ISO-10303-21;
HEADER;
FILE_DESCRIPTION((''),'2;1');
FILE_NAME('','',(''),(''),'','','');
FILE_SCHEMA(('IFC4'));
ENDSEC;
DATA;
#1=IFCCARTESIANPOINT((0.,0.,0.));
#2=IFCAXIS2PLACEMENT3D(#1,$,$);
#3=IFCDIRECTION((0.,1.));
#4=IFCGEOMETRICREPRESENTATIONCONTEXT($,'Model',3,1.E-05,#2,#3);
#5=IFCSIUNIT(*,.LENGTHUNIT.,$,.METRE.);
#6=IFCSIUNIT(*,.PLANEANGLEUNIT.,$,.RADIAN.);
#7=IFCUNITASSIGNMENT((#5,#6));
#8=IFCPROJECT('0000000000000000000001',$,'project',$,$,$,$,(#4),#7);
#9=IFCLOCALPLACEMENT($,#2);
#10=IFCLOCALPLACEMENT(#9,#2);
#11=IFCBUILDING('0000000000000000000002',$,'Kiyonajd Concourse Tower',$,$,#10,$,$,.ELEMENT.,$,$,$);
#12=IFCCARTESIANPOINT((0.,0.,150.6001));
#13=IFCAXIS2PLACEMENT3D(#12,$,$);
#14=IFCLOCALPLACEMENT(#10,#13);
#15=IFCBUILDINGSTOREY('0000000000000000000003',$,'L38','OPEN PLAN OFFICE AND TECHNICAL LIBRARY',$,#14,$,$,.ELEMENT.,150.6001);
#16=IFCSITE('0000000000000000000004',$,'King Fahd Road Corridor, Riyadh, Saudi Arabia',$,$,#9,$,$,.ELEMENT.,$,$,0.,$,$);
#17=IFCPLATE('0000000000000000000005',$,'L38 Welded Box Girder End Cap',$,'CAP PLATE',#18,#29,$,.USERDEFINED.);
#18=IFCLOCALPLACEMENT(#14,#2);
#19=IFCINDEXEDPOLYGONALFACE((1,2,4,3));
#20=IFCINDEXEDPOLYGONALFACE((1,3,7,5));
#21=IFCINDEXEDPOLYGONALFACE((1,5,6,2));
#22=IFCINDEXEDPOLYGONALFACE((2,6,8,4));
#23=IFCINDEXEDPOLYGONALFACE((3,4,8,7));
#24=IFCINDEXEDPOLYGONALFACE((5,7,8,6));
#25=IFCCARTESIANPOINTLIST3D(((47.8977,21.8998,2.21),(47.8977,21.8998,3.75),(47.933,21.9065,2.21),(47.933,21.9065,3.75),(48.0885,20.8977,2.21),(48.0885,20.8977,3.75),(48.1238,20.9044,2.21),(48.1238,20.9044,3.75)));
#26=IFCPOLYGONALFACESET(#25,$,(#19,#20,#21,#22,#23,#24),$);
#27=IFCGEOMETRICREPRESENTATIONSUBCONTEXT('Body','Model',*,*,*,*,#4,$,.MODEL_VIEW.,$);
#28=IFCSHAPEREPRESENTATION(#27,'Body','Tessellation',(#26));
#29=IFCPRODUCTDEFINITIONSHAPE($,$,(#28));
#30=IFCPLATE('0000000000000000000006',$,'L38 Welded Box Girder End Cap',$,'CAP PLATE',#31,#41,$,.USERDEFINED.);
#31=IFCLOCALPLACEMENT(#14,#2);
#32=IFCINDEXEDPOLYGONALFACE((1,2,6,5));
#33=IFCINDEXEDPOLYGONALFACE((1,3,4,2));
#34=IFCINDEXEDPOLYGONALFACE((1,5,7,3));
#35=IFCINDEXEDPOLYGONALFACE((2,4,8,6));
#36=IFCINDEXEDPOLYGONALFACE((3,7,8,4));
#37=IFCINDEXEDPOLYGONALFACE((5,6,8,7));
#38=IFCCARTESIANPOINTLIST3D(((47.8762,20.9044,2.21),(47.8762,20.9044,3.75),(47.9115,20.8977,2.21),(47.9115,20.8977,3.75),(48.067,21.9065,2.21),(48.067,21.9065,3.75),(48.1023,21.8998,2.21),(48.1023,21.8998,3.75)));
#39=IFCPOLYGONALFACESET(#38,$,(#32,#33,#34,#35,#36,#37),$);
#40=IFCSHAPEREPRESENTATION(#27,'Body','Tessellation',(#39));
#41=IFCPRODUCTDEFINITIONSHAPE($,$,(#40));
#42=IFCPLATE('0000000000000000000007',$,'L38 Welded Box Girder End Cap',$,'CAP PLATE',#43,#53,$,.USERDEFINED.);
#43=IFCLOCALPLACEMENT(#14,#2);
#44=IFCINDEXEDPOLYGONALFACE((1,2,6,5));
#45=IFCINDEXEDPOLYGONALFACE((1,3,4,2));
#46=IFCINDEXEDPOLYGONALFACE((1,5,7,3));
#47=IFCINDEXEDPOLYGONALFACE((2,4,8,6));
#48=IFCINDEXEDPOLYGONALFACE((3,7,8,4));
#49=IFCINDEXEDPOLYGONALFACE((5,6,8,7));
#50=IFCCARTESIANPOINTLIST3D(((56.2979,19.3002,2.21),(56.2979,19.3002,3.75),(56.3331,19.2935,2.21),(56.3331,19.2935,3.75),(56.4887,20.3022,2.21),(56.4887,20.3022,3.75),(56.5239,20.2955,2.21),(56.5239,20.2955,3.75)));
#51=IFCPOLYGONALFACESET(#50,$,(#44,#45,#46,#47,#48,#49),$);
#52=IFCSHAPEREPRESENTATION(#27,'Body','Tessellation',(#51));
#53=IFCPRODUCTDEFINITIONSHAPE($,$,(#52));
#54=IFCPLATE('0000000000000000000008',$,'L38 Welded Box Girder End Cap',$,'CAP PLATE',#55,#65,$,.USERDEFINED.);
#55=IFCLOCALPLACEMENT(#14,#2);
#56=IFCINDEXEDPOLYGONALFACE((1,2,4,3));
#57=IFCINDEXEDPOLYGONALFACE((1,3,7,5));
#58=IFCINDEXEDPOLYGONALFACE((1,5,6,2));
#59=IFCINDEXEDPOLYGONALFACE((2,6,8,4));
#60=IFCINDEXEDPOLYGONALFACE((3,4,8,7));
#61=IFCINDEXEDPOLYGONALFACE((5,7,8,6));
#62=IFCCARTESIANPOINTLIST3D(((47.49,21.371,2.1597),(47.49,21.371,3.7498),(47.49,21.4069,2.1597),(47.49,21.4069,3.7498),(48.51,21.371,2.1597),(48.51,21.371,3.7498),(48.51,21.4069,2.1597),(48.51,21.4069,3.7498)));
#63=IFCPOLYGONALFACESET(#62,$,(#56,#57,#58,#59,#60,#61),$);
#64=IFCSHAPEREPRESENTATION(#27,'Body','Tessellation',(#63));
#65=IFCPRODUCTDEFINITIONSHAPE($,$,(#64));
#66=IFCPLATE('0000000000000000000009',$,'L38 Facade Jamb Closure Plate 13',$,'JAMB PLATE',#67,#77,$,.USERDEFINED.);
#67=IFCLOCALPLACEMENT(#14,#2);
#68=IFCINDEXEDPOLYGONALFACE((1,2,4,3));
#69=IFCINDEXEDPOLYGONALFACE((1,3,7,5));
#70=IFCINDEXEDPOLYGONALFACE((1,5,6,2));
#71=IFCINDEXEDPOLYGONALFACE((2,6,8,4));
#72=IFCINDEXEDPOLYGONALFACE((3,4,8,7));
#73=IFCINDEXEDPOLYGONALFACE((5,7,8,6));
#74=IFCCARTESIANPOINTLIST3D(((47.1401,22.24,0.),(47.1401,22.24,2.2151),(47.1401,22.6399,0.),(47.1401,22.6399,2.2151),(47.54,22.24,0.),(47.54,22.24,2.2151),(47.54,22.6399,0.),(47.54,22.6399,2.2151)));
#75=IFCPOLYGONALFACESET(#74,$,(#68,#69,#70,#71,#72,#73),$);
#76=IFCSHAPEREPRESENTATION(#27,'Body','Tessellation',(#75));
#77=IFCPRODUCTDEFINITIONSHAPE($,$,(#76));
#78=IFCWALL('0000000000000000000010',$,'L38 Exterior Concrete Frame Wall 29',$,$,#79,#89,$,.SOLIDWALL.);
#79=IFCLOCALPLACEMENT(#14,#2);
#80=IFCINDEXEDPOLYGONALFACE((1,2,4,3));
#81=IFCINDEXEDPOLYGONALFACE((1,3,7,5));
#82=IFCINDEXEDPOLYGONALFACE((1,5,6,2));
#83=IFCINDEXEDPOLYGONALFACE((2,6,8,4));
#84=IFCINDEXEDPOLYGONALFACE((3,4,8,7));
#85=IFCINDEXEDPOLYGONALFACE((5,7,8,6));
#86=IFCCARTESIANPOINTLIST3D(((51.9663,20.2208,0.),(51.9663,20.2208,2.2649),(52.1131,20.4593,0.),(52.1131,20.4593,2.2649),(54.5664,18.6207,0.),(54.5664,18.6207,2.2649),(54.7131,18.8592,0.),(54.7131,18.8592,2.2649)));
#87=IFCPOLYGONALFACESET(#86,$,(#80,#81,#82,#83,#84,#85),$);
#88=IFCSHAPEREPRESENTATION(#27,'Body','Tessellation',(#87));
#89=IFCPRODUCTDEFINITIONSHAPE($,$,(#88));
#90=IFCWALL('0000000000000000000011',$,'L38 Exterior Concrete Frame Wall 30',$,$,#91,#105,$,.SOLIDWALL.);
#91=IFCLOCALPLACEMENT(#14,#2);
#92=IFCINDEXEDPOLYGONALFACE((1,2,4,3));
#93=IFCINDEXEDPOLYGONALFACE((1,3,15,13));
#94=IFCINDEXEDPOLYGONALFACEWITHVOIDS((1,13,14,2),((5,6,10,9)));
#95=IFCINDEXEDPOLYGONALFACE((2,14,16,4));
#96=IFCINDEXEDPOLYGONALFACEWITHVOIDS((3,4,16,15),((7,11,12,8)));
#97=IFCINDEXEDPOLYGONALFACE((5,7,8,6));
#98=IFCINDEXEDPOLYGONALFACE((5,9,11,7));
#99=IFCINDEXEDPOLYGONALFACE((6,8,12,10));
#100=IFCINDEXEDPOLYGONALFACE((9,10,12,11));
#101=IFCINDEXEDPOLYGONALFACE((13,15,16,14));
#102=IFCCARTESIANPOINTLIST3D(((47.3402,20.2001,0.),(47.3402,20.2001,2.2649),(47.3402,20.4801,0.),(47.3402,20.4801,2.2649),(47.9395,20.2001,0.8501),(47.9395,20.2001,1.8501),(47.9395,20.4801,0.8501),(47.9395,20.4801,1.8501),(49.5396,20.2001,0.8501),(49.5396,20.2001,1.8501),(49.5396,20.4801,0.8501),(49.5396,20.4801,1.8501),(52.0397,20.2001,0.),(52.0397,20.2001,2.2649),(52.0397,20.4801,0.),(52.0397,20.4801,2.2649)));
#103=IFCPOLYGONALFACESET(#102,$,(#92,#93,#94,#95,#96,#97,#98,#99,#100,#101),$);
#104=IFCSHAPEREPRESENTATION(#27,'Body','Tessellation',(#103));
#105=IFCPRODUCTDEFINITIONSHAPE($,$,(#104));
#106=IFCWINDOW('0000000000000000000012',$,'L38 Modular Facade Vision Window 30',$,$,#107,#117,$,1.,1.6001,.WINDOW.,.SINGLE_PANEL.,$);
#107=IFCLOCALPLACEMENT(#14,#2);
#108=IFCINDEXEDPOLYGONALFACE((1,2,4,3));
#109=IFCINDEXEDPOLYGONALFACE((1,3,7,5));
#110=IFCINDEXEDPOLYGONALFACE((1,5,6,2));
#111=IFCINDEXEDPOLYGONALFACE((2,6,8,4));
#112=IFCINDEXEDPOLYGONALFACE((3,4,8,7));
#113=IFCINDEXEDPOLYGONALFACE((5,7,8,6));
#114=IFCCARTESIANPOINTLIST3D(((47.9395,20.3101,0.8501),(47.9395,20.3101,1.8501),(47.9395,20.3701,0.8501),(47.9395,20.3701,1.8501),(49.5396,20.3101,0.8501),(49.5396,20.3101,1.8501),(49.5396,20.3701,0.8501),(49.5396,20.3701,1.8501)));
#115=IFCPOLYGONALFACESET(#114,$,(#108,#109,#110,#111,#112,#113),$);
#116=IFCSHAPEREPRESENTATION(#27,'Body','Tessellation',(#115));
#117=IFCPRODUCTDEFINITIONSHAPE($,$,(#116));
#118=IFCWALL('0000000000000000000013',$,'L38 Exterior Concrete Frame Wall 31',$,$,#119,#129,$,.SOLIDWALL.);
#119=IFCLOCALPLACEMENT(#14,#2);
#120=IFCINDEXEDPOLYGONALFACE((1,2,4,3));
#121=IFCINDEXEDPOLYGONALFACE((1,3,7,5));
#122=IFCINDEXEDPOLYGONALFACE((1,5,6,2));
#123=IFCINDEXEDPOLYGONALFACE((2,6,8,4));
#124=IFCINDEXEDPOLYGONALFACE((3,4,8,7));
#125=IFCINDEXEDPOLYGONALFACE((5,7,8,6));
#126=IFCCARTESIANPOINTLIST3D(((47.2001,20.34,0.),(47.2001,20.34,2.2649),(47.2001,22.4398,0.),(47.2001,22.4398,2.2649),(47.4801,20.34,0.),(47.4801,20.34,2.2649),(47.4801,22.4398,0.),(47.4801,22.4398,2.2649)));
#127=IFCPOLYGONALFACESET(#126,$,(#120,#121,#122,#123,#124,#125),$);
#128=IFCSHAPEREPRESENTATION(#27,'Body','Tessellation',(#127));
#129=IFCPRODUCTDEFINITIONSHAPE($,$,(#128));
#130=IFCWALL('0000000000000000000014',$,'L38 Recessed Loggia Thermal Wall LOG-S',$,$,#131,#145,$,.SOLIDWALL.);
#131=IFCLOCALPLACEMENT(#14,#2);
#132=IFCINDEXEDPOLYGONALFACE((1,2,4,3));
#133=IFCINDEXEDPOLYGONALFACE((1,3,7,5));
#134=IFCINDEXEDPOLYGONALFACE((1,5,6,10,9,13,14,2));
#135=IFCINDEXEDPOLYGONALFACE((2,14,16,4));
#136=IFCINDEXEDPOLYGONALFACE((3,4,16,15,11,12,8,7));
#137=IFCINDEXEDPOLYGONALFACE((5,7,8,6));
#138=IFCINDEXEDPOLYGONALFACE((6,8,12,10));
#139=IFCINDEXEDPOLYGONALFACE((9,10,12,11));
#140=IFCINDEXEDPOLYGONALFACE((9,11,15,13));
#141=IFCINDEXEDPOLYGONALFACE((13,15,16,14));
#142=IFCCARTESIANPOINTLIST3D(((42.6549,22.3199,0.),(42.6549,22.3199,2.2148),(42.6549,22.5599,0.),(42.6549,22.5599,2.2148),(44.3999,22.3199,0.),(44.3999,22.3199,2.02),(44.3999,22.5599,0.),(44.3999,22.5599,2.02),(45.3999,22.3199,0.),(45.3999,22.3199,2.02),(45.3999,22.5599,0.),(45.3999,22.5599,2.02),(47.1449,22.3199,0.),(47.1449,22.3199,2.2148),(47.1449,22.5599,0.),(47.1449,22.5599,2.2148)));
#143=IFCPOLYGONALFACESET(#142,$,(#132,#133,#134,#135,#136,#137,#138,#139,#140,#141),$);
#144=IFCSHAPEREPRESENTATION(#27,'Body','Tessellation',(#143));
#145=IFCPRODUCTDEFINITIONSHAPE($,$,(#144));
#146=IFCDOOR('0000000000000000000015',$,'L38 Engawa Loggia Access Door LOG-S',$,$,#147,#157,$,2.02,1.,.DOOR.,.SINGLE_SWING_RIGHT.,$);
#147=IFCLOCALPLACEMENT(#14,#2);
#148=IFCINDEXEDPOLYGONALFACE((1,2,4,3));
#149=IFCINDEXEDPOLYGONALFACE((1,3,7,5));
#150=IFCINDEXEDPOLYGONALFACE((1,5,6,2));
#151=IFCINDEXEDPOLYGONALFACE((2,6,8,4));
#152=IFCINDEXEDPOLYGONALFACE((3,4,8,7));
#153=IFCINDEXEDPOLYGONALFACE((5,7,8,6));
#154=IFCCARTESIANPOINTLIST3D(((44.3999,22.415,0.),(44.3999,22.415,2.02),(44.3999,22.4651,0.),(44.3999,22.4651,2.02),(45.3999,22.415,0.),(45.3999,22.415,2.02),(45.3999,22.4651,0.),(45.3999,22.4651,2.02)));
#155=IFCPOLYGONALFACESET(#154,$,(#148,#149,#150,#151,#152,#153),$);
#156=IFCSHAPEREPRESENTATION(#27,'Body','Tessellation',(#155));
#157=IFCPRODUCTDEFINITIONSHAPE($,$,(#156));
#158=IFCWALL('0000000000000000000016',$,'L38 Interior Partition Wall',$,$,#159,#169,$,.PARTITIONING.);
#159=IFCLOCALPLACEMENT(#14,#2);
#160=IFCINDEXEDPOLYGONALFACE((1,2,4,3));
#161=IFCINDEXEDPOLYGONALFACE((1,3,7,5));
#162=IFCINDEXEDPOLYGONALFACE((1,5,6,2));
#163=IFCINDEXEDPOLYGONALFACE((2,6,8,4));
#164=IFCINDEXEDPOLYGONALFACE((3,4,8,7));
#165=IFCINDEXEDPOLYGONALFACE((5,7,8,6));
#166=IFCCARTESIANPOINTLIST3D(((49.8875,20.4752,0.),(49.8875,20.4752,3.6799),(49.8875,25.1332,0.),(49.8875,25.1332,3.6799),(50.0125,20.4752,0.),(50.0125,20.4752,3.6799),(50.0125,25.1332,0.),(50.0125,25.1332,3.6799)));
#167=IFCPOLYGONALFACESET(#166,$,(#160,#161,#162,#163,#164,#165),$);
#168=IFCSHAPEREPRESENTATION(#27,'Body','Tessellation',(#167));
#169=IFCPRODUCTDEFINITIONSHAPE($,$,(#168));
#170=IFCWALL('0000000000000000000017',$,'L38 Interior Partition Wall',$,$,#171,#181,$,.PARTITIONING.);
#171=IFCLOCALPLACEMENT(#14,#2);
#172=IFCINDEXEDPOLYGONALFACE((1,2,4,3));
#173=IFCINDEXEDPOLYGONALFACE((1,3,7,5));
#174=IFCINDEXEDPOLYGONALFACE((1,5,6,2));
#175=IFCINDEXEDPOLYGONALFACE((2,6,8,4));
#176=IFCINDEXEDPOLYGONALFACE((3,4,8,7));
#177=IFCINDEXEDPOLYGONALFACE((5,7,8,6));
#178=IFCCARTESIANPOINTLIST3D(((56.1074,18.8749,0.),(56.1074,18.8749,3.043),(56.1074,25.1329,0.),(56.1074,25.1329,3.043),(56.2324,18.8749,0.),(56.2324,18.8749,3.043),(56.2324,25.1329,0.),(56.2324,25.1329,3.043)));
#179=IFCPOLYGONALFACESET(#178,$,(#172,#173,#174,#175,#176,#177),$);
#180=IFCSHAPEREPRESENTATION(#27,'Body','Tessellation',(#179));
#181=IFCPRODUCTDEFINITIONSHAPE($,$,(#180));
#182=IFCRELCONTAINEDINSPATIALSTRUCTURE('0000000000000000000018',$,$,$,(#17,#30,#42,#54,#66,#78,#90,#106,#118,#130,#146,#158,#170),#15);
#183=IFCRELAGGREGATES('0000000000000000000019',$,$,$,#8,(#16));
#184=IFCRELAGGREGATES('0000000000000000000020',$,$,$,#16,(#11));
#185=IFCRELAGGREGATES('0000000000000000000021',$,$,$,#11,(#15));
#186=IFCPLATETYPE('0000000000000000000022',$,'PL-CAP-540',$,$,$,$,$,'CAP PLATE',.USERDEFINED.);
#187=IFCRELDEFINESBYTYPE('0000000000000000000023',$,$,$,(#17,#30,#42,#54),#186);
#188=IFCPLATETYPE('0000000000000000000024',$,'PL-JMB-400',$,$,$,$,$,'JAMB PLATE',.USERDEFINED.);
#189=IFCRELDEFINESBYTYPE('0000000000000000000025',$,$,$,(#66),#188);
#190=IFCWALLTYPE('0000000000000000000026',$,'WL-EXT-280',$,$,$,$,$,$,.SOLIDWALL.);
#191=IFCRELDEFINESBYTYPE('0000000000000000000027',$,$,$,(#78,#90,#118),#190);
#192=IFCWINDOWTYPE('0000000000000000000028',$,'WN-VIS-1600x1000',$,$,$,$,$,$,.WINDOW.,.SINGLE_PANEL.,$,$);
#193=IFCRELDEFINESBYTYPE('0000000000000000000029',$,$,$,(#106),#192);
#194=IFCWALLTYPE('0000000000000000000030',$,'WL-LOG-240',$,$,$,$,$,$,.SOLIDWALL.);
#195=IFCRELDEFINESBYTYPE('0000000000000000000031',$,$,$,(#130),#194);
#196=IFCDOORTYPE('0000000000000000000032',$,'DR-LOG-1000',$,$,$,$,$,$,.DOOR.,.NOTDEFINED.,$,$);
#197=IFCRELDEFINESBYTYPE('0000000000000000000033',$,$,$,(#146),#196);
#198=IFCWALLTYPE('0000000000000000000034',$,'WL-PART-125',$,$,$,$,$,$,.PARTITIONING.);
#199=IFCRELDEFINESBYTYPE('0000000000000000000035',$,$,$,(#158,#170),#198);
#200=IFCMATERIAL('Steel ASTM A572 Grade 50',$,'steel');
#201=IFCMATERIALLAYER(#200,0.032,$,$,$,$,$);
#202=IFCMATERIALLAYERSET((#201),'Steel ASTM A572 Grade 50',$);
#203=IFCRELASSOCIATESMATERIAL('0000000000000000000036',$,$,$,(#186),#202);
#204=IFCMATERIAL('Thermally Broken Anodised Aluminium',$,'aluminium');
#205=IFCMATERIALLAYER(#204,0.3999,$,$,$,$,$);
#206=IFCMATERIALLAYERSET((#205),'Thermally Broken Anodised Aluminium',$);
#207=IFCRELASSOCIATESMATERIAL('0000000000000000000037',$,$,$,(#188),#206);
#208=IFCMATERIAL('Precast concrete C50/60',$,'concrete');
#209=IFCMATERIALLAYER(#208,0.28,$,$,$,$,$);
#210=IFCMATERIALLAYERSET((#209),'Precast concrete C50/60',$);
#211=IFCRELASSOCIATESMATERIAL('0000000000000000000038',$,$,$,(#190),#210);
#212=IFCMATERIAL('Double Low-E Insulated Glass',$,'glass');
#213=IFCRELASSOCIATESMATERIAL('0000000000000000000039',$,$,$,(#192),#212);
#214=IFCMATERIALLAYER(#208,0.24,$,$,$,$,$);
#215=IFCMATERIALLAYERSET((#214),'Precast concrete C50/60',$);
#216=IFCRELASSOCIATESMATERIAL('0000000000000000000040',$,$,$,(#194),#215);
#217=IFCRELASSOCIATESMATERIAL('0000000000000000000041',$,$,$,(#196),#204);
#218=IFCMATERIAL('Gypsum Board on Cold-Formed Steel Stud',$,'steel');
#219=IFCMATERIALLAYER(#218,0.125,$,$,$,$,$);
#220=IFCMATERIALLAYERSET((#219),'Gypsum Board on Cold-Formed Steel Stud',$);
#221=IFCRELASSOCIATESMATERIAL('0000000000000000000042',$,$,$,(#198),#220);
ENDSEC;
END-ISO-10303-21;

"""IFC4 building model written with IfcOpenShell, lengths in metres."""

from ifc_helpers import new_model, si_unit, direction, frame, frame_2d, origin, origin_2d, place, context, subcontext, project, spatial, rectangle, extrude, material, layer, layer_set, type_object, element, fill, save


model = new_model("IFC4")

# Units and contexts
model_context = context("Model", 3, precision=1e-05, world=origin(), true_north=direction((0.0, 1.0)))
body_context = subcontext(model_context, "Body", "Model", "MODEL_VIEW")
ifc_project = project(units=[si_unit("LENGTHUNIT", "METRE"), si_unit("PLANEANGLEUNIT", "RADIAN")], contexts=[model_context])

# Site, building, storey
site_placement = place(None, origin())
site = spatial("IfcSite", under=ifc_project, at=site_placement, Name="King Fahd Road Corridor, Riyadh, Saudi Arabia", CompositionType="ELEMENT", RefElevation=0.0)
building_placement = place(site_placement, origin())
building = spatial("IfcBuilding", under=site, at=building_placement, Name="Kiyonajd Concourse Tower", CompositionType="ELEMENT")
storey_placement = place(building_placement, frame((0.0, 0.0, 150.6001)))
storey = spatial("IfcBuildingStorey", under=building, at=storey_placement, Name="L38", Description="OPEN PLAN OFFICE AND TECHNICAL LIBRARY", CompositionType="ELEMENT", Elevation=150.6001)

# Shared definitions
ifc_material_1 = material(Name="Steel ASTM A572 Grade 50", Category="steel")

# Plates
ifc_layer_1 = layer(ifc_material_1, 0.032)
ifc_layer_set_1 = layer_set([ifc_layer_1], Name="Steel ASTM A572 Grade 50")
plate_type_1 = type_object("IfcPlateType", Name="PL-CAP-540", ElementType="CAP PLATE", PredefinedType="USERDEFINED", material=ifc_layer_set_1)
for number, where, z_axis, x_axis, name in (
    (1, (48.0107, 21.4021, 2.21), (0.0, 0.0, 1.0), (0.982353, 0.187038, 0.0), "L38 Welded Box Girder End Cap"),
    (2, (47.9893, 21.4021, 2.21), (0.0, 0.0, 1.0), (-0.982353, 0.187038, 0.0), "L38 Welded Box Girder End Cap"),
    (3, (56.4109, 19.7979, 2.21), (0.0, 0.0, 1.0), (0.982353, -0.187038, 0.0), "L38 Welded Box Girder End Cap"),
):
    element("IfcPlate", number, at=place(storey_placement, frame(where, z_axis=z_axis, x_axis=x_axis)), inside=storey, type_object=plate_type_1, Name=name, ObjectType="CAP PLATE", PredefinedType="USERDEFINED", context=body_context, shape_type="SweptSolid", body=[
        extrude(rectangle(XDim=0.0359, YDim=1.02, at=origin_2d()), origin(), (0.0, 0.0, 1.0), 1.54),
    ])
plate_1_placement = place(storey_placement, frame((48.0, 21.3889, 2.1597), z_axis=(0.0, 0.0, 1.0), x_axis=(0.0, -1.0, 0.0)))
element("IfcPlate", 4, at=plate_1_placement, inside=storey, type_object=plate_type_1, Name="L38 Welded Box Girder End Cap", ObjectType="CAP PLATE", PredefinedType="USERDEFINED", context=body_context, shape_type="SweptSolid", body=[
    extrude(rectangle(XDim=0.0359, YDim=1.02, at=origin_2d()), origin(), (0.0, 0.0, 1.0), 1.5901),
])
ifc_material_2 = material(Name="Thermally Broken Anodised Aluminium", Category="aluminium")
ifc_layer_2 = layer(ifc_material_2, 0.3999)
ifc_layer_set_2 = layer_set([ifc_layer_2], Name="Thermally Broken Anodised Aluminium")
plate_type_2 = type_object("IfcPlateType", Name="PL-JMB-400", ElementType="JAMB PLATE", PredefinedType="USERDEFINED", material=ifc_layer_set_2)
plate_2_placement = place(storey_placement, frame((47.3401, 22.4399, 0.0), z_axis=(0.0, 0.0, 1.0), x_axis=(1.0, 0.0, 0.0)))
element("IfcPlate", 5, at=plate_2_placement, inside=storey, type_object=plate_type_2, Name="L38 Facade Jamb Closure Plate 13", ObjectType="JAMB PLATE", PredefinedType="USERDEFINED", context=body_context, shape_type="SweptSolid", body=[
    extrude(rectangle(XDim=0.3999, YDim=0.3999, at=origin_2d()), origin(), (0.0, 0.0, 1.0), 2.2151),
])

# Wall
ifc_material_3 = material(Name="Precast concrete C50/60", Category="concrete")
ifc_layer_3 = layer(ifc_material_3, 0.28)
ifc_layer_set_3 = layer_set([ifc_layer_3], Name="Precast concrete C50/60")
wall_type_1 = type_object("IfcWallType", Name="WL-EXT-280", PredefinedType="SOLIDWALL", material=ifc_layer_set_3)
wall_1_placement = place(storey_placement, frame((54.6396, 18.74, 0.0), z_axis=(0.0, 0.0, 1.0), x_axis=(-0.851653, 0.524106, 0.0)))
element("IfcWall", 6, at=wall_1_placement, inside=storey, type_object=wall_type_1, Name="L38 Exterior Concrete Frame Wall 29", PredefinedType="SOLIDWALL", context=body_context, shape_type="SweptSolid", body=[
    extrude(rectangle(XDim=3.053, YDim=0.28, at=frame_2d((1.5264, 0.0))), origin(), (0.0, 0.0, 1.0), 2.2649),
])

# Wall, opening, window
wall_2_placement = place(storey_placement, frame((52.0396, 20.3401, 0.0), z_axis=(0.0, 0.0, 1.0), x_axis=(-1.0, 0.0, 0.0)))
wall_2 = element("IfcWall", 7, at=wall_2_placement, inside=storey, type_object=wall_type_1, Name="L38 Exterior Concrete Frame Wall 30", PredefinedType="SOLIDWALL", context=body_context, shape_type="SweptSolid", body=[
    extrude(rectangle(XDim=4.6995, YDim=0.28, at=frame_2d((2.3496, 0.0))), origin(), (0.0, 0.0, 1.0), 2.2649),
])
opening_1_placement = place(wall_2_placement, frame((2.5, 0.0, 0.8501)))
opening_1 = element("IfcOpeningElement", 8, at=opening_1_placement, cuts=wall_2, PredefinedType="OPENING", context=body_context, shape_type="SweptSolid", body=[
    extrude(rectangle(XDim=1.6001, YDim=1.0, at=frame_2d((0.8, 0.5))), frame((0.0, 0.1499, 0.0), z_axis=(0.0, -1.0, 0.0), x_axis=(1.0, 0.0, 0.0)), (0.0, 0.0, 1.0), 0.3),
])
ifc_material_4 = material(Name="Double Low-E Insulated Glass", Category="glass")
window_type = type_object("IfcWindowType", Name="WN-VIS-1600x1000", PartitioningType="SINGLE_PANEL", PredefinedType="WINDOW", material=ifc_material_4)
window_placement = place(opening_1_placement, origin())
window = element("IfcWindow", 9, at=window_placement, inside=storey, type_object=window_type, Name="L38 Modular Facade Vision Window 30", OverallHeight=1.0, OverallWidth=1.6001, PartitioningType="SINGLE_PANEL", PredefinedType="WINDOW", context=body_context, shape_type="SweptSolid", body=[
    extrude(rectangle(XDim=1.6001, YDim=1.0, at=frame_2d((0.8, 0.5))), frame((0.0, 0.03, 0.0), z_axis=(0.0, -1.0, 0.0), x_axis=(1.0, 0.0, 0.0)), (0.0, 0.0, 1.0), 0.0601),
])
fill(opening_1, window)

# Wall
wall_3_placement = place(storey_placement, frame((47.3401, 20.3401, 0.0), z_axis=(0.0, 0.0, 1.0), x_axis=(0.0, 1.0, 0.0)))
element("IfcWall", 10, at=wall_3_placement, inside=storey, type_object=wall_type_1, Name="L38 Exterior Concrete Frame Wall 31", PredefinedType="SOLIDWALL", context=body_context, shape_type="SweptSolid", body=[
    extrude(rectangle(XDim=2.0999, YDim=0.28, at=frame_2d((1.0498, 0.0))), origin(), (0.0, 0.0, 1.0), 2.2649),
])

# Wall, opening, door
ifc_layer_4 = layer(ifc_material_3, 0.24)
ifc_layer_set_4 = layer_set([ifc_layer_4], Name="Precast concrete C50/60")
wall_type_2 = type_object("IfcWallType", Name="WL-LOG-240", PredefinedType="SOLIDWALL", material=ifc_layer_set_4)
wall_4_placement = place(storey_placement, frame((47.145, 22.4399, 0.0), z_axis=(0.0, 0.0, 1.0), x_axis=(-1.0, 0.0, 0.0)))
wall_4 = element("IfcWall", 11, at=wall_4_placement, inside=storey, type_object=wall_type_2, Name="L38 Recessed Loggia Thermal Wall LOG-S", PredefinedType="SOLIDWALL", context=body_context, shape_type="SweptSolid", body=[
    extrude(rectangle(XDim=4.49, YDim=0.24, at=frame_2d((2.2451, 0.0))), origin(), (0.0, 0.0, 1.0), 2.2148),
])
opening_2_placement = place(wall_4_placement, frame((1.7451, 0.0, 0.0)))
opening_2 = element("IfcOpeningElement", 12, at=opening_2_placement, cuts=wall_4, PredefinedType="OPENING", context=body_context, shape_type="SweptSolid", body=[
    extrude(rectangle(XDim=1.0, YDim=2.02, at=frame_2d((0.5, 1.01))), frame((0.0, 0.1299, 0.0), z_axis=(0.0, -1.0, 0.0), x_axis=(1.0, 0.0, 0.0)), (0.0, 0.0, 1.0), 0.26),
])
door_type_1 = type_object("IfcDoorType", Name="DR-LOG-1000", OperationType="NOTDEFINED", PredefinedType="DOOR", material=ifc_material_2)
door_1_placement = place(opening_2_placement, origin())
door_1 = element("IfcDoor", 13, at=door_1_placement, inside=storey, type_object=door_type_1, Name="L38 Engawa Loggia Access Door LOG-S", OperationType="SINGLE_SWING_RIGHT", OverallHeight=2.02, OverallWidth=1.0, PredefinedType="DOOR", context=body_context, shape_type="SweptSolid", body=[
    extrude(rectangle(XDim=1.0, YDim=2.02, at=frame_2d((0.5, 1.01))), frame((0.0, 0.0249, 0.0), z_axis=(0.0, -1.0, 0.0), x_axis=(1.0, 0.0, 0.0)), (0.0, 0.0, 1.0), 0.05),
])
fill(opening_2, door_1)

# Walls
ifc_material_5 = material(Name="Gypsum Board on Cold-Formed Steel Stud", Category="steel")
ifc_layer_5 = layer(ifc_material_5, 0.125)
ifc_layer_set_5 = layer_set([ifc_layer_5], Name="Gypsum Board on Cold-Formed Steel Stud")
wall_type_3 = type_object("IfcWallType", Name="WL-PART-125", PredefinedType="PARTITIONING", material=ifc_layer_set_5)
wall_5_placement = place(storey_placement, frame((49.95, 20.4751, 0.0), z_axis=(0.0, 0.0, 1.0), x_axis=(0.0, 1.0, 0.0)))
element("IfcWall", 14, at=wall_5_placement, inside=storey, type_object=wall_type_3, Name="L38 Interior Partition Wall", PredefinedType="PARTITIONING", context=body_context, shape_type="SweptSolid", body=[
    extrude(rectangle(XDim=4.658, YDim=0.125, at=frame_2d((2.3291, 0.0))), origin(), (0.0, 0.0, 1.0), 3.6799),
])
wall_6_placement = place(storey_placement, frame((56.1699, 18.875, 0.0), z_axis=(0.0, 0.0, 1.0), x_axis=(0.0, 1.0, 0.0)))
element("IfcWall", 15, at=wall_6_placement, inside=storey, type_object=wall_type_3, Name="L38 Interior Partition Wall", PredefinedType="PARTITIONING", context=body_context, shape_type="SweptSolid", body=[
    extrude(rectangle(XDim=6.2581, YDim=0.125, at=frame_2d((3.1289, 0.0))), origin(), (0.0, 0.0, 1.0), 3.043),
])

save(model, "model.ifc")
